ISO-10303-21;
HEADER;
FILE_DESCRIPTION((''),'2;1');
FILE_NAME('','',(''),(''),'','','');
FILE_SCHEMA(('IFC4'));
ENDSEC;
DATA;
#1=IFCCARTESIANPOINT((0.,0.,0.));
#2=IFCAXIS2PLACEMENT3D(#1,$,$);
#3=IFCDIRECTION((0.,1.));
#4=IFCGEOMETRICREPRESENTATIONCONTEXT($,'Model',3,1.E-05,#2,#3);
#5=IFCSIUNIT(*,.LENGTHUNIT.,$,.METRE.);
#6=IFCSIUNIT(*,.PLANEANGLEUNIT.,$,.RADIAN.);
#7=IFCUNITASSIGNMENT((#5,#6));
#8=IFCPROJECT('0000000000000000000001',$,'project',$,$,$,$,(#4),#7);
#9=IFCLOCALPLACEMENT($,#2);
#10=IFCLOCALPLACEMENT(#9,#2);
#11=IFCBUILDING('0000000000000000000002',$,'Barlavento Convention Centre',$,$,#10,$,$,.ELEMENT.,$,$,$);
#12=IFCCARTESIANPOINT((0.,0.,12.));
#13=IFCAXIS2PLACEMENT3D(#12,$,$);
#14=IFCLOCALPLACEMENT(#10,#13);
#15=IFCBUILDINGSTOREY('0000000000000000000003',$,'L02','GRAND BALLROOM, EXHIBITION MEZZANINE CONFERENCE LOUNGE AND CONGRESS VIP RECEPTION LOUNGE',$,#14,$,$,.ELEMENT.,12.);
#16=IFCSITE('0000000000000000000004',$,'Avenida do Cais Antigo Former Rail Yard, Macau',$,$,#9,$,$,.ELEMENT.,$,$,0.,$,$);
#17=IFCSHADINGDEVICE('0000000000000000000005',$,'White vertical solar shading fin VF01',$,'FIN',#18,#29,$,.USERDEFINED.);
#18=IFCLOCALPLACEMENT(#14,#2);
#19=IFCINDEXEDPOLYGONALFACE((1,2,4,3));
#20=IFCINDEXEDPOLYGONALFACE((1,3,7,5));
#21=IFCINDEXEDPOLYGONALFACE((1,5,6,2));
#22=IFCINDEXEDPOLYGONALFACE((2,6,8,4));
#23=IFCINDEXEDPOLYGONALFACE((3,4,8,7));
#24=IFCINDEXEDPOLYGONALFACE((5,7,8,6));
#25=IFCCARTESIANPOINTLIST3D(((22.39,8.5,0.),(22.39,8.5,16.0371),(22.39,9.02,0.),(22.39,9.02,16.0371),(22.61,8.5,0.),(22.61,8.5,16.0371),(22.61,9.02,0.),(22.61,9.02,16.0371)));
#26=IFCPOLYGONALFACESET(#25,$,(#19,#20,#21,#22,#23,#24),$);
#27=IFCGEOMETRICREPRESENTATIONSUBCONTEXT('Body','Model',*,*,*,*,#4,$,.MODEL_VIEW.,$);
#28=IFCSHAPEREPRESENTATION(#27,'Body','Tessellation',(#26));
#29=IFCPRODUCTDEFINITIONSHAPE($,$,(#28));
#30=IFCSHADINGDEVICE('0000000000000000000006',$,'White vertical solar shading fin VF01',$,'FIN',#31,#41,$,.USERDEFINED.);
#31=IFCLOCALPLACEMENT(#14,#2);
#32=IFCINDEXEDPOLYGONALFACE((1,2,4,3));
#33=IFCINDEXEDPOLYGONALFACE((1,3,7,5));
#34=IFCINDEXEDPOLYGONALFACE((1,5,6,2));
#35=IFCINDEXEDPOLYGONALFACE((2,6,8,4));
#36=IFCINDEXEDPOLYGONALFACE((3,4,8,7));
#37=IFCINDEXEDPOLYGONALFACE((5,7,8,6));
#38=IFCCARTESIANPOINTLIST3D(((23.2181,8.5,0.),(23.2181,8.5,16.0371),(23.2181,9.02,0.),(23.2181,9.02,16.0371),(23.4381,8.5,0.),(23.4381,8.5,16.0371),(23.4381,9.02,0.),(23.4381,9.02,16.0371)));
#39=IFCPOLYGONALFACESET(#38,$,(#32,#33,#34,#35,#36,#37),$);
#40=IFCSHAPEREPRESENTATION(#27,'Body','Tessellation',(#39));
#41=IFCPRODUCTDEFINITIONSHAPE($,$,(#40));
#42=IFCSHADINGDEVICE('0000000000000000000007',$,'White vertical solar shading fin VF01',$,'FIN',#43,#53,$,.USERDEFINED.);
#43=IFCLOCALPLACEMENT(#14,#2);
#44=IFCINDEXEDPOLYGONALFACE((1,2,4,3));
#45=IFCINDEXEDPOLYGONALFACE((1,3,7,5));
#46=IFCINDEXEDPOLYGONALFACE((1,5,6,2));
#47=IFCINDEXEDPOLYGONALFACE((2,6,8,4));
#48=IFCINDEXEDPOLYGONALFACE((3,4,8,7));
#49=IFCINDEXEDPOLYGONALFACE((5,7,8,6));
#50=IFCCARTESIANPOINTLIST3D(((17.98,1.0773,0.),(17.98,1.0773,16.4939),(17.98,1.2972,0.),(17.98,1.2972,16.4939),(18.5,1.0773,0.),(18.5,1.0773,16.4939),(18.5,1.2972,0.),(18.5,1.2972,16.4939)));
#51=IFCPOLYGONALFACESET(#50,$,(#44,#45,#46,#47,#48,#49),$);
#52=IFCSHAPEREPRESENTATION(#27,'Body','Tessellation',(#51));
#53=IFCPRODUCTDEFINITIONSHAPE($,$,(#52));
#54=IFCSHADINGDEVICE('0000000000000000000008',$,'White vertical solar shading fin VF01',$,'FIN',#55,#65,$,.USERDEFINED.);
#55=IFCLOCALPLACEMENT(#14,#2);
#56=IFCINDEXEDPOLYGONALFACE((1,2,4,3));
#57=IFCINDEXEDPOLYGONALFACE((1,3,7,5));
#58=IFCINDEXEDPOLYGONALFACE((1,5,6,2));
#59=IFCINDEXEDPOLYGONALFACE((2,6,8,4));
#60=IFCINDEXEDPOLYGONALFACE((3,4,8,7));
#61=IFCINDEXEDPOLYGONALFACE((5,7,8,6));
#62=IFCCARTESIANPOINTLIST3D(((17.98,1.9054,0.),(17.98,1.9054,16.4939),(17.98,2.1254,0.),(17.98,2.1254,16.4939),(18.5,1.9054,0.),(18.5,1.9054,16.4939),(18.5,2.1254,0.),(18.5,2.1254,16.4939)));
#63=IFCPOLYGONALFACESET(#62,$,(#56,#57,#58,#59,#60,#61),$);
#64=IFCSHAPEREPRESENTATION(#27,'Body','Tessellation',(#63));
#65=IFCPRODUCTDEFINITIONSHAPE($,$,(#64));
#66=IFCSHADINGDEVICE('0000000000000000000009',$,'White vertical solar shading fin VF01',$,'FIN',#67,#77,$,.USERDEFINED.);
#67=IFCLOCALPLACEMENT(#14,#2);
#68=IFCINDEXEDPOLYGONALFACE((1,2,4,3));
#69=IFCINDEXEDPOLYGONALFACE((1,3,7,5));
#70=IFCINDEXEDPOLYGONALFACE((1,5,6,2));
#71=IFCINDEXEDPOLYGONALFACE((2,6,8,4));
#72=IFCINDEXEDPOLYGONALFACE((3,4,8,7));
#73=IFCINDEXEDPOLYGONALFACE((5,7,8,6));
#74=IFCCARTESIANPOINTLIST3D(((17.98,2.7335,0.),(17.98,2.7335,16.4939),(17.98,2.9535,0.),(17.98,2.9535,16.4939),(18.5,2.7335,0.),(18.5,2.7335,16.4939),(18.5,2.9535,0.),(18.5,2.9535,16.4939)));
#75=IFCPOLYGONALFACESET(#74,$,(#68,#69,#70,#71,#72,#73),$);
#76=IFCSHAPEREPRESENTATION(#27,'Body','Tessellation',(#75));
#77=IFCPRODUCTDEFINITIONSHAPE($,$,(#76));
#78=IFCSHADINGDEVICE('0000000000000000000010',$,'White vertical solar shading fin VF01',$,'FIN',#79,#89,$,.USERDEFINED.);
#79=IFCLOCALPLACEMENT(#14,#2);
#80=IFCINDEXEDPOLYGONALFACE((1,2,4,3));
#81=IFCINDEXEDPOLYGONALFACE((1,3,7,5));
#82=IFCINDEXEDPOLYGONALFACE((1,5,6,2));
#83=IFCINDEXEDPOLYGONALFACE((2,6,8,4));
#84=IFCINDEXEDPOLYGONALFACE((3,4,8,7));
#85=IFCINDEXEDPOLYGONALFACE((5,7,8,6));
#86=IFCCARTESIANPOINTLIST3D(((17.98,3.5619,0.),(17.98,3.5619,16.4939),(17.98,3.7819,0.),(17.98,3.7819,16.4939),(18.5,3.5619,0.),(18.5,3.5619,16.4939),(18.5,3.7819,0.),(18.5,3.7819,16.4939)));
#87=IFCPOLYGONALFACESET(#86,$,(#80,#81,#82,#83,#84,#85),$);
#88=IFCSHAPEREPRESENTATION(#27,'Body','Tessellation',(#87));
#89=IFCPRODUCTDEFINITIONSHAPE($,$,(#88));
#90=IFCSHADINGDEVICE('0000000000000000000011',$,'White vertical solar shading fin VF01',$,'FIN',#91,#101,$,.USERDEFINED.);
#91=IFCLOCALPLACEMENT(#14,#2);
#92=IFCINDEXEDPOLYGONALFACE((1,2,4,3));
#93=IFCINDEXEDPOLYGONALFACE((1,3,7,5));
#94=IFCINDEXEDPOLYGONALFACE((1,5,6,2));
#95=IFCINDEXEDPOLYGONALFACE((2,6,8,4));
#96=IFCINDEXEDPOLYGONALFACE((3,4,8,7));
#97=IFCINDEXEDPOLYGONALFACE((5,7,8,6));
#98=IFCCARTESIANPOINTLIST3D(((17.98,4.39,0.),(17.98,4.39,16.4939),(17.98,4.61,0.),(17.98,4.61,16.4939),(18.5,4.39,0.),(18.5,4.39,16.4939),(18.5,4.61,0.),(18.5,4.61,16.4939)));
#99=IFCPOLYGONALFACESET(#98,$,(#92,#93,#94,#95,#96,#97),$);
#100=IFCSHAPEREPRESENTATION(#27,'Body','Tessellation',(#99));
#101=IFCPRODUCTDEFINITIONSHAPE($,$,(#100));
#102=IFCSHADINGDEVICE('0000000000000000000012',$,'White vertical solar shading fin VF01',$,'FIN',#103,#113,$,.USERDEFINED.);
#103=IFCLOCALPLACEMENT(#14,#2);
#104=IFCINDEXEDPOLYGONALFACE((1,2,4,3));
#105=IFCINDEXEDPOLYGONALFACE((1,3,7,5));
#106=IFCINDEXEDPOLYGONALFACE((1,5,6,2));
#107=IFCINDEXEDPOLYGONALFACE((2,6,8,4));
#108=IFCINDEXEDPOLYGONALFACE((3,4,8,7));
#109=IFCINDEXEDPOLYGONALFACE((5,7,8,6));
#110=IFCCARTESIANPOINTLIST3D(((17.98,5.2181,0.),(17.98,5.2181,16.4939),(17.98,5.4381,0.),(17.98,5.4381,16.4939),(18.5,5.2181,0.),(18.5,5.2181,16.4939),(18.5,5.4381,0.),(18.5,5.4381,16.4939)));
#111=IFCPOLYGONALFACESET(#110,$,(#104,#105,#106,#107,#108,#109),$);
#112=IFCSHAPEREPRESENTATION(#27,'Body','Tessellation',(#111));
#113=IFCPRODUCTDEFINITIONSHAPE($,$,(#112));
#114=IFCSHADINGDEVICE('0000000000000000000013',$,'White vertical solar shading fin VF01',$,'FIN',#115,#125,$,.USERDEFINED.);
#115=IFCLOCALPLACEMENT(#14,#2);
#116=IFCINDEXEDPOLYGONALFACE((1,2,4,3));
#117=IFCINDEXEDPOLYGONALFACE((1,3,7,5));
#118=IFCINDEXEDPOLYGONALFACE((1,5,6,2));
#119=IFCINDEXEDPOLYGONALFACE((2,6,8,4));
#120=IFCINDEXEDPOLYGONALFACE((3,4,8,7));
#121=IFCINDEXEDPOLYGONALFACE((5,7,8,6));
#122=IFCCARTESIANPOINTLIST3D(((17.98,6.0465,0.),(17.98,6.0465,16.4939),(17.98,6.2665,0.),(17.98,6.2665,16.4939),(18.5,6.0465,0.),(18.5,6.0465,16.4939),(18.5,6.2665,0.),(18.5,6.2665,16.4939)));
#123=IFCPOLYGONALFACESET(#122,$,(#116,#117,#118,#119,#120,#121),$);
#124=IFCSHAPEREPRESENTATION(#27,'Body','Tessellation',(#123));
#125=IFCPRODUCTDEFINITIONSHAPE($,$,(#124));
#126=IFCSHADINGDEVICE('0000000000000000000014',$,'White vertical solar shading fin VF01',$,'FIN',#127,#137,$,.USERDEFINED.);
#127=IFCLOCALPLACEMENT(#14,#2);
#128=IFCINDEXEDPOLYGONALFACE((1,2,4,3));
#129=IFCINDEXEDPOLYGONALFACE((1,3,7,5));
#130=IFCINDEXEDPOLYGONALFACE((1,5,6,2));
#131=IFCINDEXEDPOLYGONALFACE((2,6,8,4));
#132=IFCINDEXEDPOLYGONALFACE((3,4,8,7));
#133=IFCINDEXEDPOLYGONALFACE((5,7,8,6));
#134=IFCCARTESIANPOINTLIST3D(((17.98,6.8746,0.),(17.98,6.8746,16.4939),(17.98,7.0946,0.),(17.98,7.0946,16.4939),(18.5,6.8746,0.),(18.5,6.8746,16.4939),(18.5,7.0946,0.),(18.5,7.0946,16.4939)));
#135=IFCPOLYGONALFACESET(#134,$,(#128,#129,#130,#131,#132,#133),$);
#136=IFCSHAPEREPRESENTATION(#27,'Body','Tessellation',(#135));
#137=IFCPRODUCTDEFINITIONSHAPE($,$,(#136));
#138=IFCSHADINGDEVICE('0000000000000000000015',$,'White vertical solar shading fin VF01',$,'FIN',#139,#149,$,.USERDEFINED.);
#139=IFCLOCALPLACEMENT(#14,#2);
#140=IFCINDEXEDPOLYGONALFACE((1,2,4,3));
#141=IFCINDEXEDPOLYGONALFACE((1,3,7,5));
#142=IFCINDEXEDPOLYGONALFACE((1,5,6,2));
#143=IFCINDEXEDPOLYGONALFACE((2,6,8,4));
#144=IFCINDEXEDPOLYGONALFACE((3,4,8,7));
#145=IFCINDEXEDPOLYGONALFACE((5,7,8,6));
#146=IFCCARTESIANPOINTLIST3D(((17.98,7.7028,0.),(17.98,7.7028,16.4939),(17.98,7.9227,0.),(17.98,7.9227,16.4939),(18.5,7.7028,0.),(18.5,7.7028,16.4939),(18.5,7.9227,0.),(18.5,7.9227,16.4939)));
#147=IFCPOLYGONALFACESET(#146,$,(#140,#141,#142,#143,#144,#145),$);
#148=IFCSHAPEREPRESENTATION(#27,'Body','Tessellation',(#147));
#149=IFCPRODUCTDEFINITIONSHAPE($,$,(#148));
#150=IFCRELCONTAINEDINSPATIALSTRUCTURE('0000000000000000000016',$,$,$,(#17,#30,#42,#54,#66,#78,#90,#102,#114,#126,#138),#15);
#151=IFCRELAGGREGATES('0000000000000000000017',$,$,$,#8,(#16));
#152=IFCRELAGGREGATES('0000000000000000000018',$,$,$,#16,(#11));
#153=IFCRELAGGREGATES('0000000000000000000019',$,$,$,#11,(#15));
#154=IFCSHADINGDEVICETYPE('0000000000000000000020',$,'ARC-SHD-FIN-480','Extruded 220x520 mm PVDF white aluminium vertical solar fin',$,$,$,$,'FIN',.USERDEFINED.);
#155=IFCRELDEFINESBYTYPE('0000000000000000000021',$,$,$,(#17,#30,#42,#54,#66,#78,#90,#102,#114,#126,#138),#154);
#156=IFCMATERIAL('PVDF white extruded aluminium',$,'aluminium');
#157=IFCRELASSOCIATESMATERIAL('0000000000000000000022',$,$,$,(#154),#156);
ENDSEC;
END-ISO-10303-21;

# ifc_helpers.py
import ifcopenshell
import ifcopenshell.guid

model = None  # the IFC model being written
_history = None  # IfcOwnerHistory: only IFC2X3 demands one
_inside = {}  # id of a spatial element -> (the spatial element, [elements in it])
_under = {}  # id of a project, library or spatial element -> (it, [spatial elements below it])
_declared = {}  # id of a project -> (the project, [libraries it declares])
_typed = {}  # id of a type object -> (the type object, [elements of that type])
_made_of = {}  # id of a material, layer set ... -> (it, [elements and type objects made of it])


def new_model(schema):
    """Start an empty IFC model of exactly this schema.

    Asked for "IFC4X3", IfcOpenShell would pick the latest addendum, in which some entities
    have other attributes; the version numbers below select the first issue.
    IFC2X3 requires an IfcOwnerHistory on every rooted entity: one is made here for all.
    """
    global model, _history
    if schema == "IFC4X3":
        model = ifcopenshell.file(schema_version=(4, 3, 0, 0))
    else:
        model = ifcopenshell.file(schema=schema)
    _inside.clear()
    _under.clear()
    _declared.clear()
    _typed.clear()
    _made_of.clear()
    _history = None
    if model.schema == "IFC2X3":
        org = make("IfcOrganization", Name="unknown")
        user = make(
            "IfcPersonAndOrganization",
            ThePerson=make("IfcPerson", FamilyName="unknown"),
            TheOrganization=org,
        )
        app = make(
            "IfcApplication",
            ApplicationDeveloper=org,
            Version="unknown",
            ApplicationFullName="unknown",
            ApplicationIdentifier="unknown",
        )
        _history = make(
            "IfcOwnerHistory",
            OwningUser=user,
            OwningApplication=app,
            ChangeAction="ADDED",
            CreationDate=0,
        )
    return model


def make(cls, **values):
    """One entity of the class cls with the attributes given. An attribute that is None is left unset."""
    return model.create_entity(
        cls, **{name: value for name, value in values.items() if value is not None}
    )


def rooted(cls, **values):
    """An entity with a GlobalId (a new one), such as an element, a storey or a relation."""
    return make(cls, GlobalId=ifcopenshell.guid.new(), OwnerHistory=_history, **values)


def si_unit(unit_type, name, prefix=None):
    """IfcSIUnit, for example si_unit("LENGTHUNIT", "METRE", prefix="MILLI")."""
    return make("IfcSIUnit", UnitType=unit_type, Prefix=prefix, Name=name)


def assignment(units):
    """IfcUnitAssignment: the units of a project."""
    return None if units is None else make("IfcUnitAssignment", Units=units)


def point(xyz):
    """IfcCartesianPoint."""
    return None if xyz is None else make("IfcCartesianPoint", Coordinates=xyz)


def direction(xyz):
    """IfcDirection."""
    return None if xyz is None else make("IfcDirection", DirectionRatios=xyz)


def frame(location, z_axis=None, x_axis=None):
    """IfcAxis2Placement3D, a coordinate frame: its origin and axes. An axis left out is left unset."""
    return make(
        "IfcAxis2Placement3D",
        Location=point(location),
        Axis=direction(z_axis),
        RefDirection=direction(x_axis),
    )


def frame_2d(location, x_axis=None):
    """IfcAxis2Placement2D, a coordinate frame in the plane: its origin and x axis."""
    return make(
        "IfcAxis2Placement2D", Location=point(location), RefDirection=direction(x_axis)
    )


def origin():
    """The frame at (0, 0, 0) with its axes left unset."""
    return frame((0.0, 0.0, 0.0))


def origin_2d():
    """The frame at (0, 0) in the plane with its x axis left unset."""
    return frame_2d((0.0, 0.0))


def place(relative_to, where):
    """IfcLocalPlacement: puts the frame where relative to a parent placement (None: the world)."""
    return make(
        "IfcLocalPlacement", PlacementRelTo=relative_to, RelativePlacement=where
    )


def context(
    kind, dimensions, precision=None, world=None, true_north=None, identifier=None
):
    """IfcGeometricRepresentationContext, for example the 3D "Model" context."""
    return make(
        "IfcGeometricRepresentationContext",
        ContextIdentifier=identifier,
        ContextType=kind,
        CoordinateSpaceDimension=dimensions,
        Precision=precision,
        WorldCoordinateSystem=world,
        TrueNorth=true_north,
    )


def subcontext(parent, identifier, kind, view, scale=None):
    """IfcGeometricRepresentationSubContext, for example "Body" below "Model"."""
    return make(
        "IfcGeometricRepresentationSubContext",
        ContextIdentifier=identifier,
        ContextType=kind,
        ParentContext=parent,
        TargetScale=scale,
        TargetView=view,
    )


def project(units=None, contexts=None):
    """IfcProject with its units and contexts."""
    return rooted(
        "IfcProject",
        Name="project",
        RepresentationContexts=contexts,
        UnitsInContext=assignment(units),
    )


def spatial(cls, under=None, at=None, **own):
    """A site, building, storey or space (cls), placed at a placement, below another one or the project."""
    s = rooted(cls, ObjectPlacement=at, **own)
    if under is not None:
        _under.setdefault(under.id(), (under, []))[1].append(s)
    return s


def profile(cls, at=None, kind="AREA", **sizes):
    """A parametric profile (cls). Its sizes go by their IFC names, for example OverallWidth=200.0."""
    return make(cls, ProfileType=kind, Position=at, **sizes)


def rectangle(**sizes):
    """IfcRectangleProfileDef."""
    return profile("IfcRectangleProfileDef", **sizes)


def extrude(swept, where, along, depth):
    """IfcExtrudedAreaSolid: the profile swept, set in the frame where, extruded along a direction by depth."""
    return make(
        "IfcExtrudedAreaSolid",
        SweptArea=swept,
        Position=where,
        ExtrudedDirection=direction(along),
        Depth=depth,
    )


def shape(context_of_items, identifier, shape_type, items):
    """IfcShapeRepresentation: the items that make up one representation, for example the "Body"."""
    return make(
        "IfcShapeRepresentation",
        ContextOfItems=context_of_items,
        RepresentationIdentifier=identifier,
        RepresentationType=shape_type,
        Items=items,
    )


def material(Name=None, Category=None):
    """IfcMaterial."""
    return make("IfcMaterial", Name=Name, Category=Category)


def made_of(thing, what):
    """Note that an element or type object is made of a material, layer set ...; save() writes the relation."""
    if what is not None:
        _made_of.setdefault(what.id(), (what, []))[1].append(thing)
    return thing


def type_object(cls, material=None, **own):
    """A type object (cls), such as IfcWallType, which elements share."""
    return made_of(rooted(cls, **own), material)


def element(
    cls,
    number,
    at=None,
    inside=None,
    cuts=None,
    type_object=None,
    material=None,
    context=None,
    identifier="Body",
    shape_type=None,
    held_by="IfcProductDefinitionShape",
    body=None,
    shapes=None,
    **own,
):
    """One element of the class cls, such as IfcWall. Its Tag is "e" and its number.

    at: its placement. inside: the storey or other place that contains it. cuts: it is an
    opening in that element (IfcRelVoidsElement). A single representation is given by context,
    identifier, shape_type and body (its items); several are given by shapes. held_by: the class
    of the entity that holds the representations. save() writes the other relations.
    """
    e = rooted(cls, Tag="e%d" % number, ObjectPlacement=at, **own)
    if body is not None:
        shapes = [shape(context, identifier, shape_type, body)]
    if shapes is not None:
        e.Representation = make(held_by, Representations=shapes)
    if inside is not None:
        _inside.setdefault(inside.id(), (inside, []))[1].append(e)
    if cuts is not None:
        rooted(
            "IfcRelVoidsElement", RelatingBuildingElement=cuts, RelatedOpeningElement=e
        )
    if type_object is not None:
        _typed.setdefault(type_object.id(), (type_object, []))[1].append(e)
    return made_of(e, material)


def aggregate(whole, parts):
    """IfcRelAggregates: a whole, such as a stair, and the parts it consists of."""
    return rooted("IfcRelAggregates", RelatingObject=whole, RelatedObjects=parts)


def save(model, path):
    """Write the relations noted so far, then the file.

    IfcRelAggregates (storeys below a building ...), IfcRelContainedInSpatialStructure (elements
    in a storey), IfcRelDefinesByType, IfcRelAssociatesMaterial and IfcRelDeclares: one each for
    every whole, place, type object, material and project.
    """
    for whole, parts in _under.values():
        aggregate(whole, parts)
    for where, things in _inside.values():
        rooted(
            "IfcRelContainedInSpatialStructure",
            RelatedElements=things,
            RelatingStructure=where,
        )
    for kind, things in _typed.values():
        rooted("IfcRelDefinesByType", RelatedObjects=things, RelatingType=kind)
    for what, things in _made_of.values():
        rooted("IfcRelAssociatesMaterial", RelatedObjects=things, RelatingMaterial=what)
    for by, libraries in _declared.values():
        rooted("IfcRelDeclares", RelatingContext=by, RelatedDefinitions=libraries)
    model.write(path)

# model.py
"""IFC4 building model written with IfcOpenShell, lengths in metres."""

from ifc_helpers import new_model, si_unit, direction, frame, origin, origin_2d, place, context, subcontext, project, spatial, rectangle, extrude, material, type_object, element, save


model = new_model("IFC4")

# Units and contexts
model_context = context("Model", 3, precision=1e-05, world=origin(), true_north=direction((0.0, 1.0)))
body_context = subcontext(model_context, "Body", "Model", "MODEL_VIEW")
ifc_project = project(units=[si_unit("LENGTHUNIT", "METRE"), si_unit("PLANEANGLEUNIT", "RADIAN")], contexts=[model_context])

# Site, building, storey
site_placement = place(None, origin())
site = spatial("IfcSite", under=ifc_project, at=site_placement, Name="Avenida do Cais Antigo Former Rail Yard, Macau", CompositionType="ELEMENT", RefElevation=0.0)
building_placement = place(site_placement, origin())
building = spatial("IfcBuilding", under=site, at=building_placement, Name="Barlavento Convention Centre", CompositionType="ELEMENT")
storey_placement = place(building_placement, frame((0.0, 0.0, 12.0)))
storey = spatial("IfcBuildingStorey", under=building, at=storey_placement, Name="L02", Description="GRAND BALLROOM, EXHIBITION MEZZANINE CONFERENCE LOUNGE AND CONGRESS VIP RECEPTION LOUNGE", CompositionType="ELEMENT", Elevation=12.0)

# Shading devices
ifc_material_1 = material(Name="PVDF white extruded aluminium", Category="aluminium")
shading_device_type = type_object("IfcShadingDeviceType", Name="ARC-SHD-FIN-480", Description="Extruded 220x520 mm PVDF white aluminium vertical solar fin", ElementType="FIN", PredefinedType="USERDEFINED", material=ifc_material_1)
for number, where, z_axis, x_axis, name in (
    (1, (22.5, 8.76, 0.0), (0.0, 0.0, 1.0), (1.0, 0.0, 0.0), "White vertical solar shading fin VF01"),
    (2, (23.3281, 8.76, 0.0), (0.0, 0.0, 1.0), (1.0, 0.0, 0.0), "White vertical solar shading fin VF01"),
):
    element("IfcShadingDevice", number, at=place(storey_placement, frame(where, z_axis=z_axis, x_axis=x_axis)), inside=storey, type_object=shading_device_type, Name=name, ObjectType="FIN", PredefinedType="USERDEFINED", context=body_context, shape_type="SweptSolid", body=[
        extrude(rectangle(XDim=0.22, YDim=0.52, at=origin_2d()), origin(), (0.0, 0.0, 1.0), 16.0371),
    ])
for number, where, z_axis, x_axis, name in (
    (3, (18.24, 1.1873, 0.0), (0.0, 0.0, 1.0), (0.0, 1.0, 0.0), "White vertical solar shading fin VF01"),
    (4, (18.24, 2.0154, 0.0), (0.0, 0.0, 1.0), (0.0, 1.0, 0.0), "White vertical solar shading fin VF01"),
    (5, (18.24, 2.8435, 0.0), (0.0, 0.0, 1.0), (0.0, 1.0, 0.0), "White vertical solar shading fin VF01"),
    (6, (18.24, 3.6719, 0.0), (0.0, 0.0, 1.0), (0.0, 1.0, 0.0), "White vertical solar shading fin VF01"),
    (7, (18.24, 4.5, 0.0), (0.0, 0.0, 1.0), (0.0, 1.0, 0.0), "White vertical solar shading fin VF01"),
    (8, (18.24, 5.3281, 0.0), (0.0, 0.0, 1.0), (0.0, 1.0, 0.0), "White vertical solar shading fin VF01"),
    (9, (18.24, 6.1565, 0.0), (0.0, 0.0, 1.0), (0.0, 1.0, 0.0), "White vertical solar shading fin VF01"),
    (10, (18.24, 6.9846, 0.0), (0.0, 0.0, 1.0), (0.0, 1.0, 0.0), "White vertical solar shading fin VF01"),
    (11, (18.24, 7.8127, 0.0), (0.0, 0.0, 1.0), (0.0, 1.0, 0.0), "White vertical solar shading fin VF01"),
):
    element("IfcShadingDevice", number, at=place(storey_placement, frame(where, z_axis=z_axis, x_axis=x_axis)), inside=storey, type_object=shading_device_type, Name=name, ObjectType="FIN", PredefinedType="USERDEFINED", context=body_context, shape_type="SweptSolid", body=[
        extrude(rectangle(XDim=0.22, YDim=0.52, at=origin_2d()), origin(), (0.0, 0.0, 1.0), 16.4939),
    ])

save(model, "model.ifc")
